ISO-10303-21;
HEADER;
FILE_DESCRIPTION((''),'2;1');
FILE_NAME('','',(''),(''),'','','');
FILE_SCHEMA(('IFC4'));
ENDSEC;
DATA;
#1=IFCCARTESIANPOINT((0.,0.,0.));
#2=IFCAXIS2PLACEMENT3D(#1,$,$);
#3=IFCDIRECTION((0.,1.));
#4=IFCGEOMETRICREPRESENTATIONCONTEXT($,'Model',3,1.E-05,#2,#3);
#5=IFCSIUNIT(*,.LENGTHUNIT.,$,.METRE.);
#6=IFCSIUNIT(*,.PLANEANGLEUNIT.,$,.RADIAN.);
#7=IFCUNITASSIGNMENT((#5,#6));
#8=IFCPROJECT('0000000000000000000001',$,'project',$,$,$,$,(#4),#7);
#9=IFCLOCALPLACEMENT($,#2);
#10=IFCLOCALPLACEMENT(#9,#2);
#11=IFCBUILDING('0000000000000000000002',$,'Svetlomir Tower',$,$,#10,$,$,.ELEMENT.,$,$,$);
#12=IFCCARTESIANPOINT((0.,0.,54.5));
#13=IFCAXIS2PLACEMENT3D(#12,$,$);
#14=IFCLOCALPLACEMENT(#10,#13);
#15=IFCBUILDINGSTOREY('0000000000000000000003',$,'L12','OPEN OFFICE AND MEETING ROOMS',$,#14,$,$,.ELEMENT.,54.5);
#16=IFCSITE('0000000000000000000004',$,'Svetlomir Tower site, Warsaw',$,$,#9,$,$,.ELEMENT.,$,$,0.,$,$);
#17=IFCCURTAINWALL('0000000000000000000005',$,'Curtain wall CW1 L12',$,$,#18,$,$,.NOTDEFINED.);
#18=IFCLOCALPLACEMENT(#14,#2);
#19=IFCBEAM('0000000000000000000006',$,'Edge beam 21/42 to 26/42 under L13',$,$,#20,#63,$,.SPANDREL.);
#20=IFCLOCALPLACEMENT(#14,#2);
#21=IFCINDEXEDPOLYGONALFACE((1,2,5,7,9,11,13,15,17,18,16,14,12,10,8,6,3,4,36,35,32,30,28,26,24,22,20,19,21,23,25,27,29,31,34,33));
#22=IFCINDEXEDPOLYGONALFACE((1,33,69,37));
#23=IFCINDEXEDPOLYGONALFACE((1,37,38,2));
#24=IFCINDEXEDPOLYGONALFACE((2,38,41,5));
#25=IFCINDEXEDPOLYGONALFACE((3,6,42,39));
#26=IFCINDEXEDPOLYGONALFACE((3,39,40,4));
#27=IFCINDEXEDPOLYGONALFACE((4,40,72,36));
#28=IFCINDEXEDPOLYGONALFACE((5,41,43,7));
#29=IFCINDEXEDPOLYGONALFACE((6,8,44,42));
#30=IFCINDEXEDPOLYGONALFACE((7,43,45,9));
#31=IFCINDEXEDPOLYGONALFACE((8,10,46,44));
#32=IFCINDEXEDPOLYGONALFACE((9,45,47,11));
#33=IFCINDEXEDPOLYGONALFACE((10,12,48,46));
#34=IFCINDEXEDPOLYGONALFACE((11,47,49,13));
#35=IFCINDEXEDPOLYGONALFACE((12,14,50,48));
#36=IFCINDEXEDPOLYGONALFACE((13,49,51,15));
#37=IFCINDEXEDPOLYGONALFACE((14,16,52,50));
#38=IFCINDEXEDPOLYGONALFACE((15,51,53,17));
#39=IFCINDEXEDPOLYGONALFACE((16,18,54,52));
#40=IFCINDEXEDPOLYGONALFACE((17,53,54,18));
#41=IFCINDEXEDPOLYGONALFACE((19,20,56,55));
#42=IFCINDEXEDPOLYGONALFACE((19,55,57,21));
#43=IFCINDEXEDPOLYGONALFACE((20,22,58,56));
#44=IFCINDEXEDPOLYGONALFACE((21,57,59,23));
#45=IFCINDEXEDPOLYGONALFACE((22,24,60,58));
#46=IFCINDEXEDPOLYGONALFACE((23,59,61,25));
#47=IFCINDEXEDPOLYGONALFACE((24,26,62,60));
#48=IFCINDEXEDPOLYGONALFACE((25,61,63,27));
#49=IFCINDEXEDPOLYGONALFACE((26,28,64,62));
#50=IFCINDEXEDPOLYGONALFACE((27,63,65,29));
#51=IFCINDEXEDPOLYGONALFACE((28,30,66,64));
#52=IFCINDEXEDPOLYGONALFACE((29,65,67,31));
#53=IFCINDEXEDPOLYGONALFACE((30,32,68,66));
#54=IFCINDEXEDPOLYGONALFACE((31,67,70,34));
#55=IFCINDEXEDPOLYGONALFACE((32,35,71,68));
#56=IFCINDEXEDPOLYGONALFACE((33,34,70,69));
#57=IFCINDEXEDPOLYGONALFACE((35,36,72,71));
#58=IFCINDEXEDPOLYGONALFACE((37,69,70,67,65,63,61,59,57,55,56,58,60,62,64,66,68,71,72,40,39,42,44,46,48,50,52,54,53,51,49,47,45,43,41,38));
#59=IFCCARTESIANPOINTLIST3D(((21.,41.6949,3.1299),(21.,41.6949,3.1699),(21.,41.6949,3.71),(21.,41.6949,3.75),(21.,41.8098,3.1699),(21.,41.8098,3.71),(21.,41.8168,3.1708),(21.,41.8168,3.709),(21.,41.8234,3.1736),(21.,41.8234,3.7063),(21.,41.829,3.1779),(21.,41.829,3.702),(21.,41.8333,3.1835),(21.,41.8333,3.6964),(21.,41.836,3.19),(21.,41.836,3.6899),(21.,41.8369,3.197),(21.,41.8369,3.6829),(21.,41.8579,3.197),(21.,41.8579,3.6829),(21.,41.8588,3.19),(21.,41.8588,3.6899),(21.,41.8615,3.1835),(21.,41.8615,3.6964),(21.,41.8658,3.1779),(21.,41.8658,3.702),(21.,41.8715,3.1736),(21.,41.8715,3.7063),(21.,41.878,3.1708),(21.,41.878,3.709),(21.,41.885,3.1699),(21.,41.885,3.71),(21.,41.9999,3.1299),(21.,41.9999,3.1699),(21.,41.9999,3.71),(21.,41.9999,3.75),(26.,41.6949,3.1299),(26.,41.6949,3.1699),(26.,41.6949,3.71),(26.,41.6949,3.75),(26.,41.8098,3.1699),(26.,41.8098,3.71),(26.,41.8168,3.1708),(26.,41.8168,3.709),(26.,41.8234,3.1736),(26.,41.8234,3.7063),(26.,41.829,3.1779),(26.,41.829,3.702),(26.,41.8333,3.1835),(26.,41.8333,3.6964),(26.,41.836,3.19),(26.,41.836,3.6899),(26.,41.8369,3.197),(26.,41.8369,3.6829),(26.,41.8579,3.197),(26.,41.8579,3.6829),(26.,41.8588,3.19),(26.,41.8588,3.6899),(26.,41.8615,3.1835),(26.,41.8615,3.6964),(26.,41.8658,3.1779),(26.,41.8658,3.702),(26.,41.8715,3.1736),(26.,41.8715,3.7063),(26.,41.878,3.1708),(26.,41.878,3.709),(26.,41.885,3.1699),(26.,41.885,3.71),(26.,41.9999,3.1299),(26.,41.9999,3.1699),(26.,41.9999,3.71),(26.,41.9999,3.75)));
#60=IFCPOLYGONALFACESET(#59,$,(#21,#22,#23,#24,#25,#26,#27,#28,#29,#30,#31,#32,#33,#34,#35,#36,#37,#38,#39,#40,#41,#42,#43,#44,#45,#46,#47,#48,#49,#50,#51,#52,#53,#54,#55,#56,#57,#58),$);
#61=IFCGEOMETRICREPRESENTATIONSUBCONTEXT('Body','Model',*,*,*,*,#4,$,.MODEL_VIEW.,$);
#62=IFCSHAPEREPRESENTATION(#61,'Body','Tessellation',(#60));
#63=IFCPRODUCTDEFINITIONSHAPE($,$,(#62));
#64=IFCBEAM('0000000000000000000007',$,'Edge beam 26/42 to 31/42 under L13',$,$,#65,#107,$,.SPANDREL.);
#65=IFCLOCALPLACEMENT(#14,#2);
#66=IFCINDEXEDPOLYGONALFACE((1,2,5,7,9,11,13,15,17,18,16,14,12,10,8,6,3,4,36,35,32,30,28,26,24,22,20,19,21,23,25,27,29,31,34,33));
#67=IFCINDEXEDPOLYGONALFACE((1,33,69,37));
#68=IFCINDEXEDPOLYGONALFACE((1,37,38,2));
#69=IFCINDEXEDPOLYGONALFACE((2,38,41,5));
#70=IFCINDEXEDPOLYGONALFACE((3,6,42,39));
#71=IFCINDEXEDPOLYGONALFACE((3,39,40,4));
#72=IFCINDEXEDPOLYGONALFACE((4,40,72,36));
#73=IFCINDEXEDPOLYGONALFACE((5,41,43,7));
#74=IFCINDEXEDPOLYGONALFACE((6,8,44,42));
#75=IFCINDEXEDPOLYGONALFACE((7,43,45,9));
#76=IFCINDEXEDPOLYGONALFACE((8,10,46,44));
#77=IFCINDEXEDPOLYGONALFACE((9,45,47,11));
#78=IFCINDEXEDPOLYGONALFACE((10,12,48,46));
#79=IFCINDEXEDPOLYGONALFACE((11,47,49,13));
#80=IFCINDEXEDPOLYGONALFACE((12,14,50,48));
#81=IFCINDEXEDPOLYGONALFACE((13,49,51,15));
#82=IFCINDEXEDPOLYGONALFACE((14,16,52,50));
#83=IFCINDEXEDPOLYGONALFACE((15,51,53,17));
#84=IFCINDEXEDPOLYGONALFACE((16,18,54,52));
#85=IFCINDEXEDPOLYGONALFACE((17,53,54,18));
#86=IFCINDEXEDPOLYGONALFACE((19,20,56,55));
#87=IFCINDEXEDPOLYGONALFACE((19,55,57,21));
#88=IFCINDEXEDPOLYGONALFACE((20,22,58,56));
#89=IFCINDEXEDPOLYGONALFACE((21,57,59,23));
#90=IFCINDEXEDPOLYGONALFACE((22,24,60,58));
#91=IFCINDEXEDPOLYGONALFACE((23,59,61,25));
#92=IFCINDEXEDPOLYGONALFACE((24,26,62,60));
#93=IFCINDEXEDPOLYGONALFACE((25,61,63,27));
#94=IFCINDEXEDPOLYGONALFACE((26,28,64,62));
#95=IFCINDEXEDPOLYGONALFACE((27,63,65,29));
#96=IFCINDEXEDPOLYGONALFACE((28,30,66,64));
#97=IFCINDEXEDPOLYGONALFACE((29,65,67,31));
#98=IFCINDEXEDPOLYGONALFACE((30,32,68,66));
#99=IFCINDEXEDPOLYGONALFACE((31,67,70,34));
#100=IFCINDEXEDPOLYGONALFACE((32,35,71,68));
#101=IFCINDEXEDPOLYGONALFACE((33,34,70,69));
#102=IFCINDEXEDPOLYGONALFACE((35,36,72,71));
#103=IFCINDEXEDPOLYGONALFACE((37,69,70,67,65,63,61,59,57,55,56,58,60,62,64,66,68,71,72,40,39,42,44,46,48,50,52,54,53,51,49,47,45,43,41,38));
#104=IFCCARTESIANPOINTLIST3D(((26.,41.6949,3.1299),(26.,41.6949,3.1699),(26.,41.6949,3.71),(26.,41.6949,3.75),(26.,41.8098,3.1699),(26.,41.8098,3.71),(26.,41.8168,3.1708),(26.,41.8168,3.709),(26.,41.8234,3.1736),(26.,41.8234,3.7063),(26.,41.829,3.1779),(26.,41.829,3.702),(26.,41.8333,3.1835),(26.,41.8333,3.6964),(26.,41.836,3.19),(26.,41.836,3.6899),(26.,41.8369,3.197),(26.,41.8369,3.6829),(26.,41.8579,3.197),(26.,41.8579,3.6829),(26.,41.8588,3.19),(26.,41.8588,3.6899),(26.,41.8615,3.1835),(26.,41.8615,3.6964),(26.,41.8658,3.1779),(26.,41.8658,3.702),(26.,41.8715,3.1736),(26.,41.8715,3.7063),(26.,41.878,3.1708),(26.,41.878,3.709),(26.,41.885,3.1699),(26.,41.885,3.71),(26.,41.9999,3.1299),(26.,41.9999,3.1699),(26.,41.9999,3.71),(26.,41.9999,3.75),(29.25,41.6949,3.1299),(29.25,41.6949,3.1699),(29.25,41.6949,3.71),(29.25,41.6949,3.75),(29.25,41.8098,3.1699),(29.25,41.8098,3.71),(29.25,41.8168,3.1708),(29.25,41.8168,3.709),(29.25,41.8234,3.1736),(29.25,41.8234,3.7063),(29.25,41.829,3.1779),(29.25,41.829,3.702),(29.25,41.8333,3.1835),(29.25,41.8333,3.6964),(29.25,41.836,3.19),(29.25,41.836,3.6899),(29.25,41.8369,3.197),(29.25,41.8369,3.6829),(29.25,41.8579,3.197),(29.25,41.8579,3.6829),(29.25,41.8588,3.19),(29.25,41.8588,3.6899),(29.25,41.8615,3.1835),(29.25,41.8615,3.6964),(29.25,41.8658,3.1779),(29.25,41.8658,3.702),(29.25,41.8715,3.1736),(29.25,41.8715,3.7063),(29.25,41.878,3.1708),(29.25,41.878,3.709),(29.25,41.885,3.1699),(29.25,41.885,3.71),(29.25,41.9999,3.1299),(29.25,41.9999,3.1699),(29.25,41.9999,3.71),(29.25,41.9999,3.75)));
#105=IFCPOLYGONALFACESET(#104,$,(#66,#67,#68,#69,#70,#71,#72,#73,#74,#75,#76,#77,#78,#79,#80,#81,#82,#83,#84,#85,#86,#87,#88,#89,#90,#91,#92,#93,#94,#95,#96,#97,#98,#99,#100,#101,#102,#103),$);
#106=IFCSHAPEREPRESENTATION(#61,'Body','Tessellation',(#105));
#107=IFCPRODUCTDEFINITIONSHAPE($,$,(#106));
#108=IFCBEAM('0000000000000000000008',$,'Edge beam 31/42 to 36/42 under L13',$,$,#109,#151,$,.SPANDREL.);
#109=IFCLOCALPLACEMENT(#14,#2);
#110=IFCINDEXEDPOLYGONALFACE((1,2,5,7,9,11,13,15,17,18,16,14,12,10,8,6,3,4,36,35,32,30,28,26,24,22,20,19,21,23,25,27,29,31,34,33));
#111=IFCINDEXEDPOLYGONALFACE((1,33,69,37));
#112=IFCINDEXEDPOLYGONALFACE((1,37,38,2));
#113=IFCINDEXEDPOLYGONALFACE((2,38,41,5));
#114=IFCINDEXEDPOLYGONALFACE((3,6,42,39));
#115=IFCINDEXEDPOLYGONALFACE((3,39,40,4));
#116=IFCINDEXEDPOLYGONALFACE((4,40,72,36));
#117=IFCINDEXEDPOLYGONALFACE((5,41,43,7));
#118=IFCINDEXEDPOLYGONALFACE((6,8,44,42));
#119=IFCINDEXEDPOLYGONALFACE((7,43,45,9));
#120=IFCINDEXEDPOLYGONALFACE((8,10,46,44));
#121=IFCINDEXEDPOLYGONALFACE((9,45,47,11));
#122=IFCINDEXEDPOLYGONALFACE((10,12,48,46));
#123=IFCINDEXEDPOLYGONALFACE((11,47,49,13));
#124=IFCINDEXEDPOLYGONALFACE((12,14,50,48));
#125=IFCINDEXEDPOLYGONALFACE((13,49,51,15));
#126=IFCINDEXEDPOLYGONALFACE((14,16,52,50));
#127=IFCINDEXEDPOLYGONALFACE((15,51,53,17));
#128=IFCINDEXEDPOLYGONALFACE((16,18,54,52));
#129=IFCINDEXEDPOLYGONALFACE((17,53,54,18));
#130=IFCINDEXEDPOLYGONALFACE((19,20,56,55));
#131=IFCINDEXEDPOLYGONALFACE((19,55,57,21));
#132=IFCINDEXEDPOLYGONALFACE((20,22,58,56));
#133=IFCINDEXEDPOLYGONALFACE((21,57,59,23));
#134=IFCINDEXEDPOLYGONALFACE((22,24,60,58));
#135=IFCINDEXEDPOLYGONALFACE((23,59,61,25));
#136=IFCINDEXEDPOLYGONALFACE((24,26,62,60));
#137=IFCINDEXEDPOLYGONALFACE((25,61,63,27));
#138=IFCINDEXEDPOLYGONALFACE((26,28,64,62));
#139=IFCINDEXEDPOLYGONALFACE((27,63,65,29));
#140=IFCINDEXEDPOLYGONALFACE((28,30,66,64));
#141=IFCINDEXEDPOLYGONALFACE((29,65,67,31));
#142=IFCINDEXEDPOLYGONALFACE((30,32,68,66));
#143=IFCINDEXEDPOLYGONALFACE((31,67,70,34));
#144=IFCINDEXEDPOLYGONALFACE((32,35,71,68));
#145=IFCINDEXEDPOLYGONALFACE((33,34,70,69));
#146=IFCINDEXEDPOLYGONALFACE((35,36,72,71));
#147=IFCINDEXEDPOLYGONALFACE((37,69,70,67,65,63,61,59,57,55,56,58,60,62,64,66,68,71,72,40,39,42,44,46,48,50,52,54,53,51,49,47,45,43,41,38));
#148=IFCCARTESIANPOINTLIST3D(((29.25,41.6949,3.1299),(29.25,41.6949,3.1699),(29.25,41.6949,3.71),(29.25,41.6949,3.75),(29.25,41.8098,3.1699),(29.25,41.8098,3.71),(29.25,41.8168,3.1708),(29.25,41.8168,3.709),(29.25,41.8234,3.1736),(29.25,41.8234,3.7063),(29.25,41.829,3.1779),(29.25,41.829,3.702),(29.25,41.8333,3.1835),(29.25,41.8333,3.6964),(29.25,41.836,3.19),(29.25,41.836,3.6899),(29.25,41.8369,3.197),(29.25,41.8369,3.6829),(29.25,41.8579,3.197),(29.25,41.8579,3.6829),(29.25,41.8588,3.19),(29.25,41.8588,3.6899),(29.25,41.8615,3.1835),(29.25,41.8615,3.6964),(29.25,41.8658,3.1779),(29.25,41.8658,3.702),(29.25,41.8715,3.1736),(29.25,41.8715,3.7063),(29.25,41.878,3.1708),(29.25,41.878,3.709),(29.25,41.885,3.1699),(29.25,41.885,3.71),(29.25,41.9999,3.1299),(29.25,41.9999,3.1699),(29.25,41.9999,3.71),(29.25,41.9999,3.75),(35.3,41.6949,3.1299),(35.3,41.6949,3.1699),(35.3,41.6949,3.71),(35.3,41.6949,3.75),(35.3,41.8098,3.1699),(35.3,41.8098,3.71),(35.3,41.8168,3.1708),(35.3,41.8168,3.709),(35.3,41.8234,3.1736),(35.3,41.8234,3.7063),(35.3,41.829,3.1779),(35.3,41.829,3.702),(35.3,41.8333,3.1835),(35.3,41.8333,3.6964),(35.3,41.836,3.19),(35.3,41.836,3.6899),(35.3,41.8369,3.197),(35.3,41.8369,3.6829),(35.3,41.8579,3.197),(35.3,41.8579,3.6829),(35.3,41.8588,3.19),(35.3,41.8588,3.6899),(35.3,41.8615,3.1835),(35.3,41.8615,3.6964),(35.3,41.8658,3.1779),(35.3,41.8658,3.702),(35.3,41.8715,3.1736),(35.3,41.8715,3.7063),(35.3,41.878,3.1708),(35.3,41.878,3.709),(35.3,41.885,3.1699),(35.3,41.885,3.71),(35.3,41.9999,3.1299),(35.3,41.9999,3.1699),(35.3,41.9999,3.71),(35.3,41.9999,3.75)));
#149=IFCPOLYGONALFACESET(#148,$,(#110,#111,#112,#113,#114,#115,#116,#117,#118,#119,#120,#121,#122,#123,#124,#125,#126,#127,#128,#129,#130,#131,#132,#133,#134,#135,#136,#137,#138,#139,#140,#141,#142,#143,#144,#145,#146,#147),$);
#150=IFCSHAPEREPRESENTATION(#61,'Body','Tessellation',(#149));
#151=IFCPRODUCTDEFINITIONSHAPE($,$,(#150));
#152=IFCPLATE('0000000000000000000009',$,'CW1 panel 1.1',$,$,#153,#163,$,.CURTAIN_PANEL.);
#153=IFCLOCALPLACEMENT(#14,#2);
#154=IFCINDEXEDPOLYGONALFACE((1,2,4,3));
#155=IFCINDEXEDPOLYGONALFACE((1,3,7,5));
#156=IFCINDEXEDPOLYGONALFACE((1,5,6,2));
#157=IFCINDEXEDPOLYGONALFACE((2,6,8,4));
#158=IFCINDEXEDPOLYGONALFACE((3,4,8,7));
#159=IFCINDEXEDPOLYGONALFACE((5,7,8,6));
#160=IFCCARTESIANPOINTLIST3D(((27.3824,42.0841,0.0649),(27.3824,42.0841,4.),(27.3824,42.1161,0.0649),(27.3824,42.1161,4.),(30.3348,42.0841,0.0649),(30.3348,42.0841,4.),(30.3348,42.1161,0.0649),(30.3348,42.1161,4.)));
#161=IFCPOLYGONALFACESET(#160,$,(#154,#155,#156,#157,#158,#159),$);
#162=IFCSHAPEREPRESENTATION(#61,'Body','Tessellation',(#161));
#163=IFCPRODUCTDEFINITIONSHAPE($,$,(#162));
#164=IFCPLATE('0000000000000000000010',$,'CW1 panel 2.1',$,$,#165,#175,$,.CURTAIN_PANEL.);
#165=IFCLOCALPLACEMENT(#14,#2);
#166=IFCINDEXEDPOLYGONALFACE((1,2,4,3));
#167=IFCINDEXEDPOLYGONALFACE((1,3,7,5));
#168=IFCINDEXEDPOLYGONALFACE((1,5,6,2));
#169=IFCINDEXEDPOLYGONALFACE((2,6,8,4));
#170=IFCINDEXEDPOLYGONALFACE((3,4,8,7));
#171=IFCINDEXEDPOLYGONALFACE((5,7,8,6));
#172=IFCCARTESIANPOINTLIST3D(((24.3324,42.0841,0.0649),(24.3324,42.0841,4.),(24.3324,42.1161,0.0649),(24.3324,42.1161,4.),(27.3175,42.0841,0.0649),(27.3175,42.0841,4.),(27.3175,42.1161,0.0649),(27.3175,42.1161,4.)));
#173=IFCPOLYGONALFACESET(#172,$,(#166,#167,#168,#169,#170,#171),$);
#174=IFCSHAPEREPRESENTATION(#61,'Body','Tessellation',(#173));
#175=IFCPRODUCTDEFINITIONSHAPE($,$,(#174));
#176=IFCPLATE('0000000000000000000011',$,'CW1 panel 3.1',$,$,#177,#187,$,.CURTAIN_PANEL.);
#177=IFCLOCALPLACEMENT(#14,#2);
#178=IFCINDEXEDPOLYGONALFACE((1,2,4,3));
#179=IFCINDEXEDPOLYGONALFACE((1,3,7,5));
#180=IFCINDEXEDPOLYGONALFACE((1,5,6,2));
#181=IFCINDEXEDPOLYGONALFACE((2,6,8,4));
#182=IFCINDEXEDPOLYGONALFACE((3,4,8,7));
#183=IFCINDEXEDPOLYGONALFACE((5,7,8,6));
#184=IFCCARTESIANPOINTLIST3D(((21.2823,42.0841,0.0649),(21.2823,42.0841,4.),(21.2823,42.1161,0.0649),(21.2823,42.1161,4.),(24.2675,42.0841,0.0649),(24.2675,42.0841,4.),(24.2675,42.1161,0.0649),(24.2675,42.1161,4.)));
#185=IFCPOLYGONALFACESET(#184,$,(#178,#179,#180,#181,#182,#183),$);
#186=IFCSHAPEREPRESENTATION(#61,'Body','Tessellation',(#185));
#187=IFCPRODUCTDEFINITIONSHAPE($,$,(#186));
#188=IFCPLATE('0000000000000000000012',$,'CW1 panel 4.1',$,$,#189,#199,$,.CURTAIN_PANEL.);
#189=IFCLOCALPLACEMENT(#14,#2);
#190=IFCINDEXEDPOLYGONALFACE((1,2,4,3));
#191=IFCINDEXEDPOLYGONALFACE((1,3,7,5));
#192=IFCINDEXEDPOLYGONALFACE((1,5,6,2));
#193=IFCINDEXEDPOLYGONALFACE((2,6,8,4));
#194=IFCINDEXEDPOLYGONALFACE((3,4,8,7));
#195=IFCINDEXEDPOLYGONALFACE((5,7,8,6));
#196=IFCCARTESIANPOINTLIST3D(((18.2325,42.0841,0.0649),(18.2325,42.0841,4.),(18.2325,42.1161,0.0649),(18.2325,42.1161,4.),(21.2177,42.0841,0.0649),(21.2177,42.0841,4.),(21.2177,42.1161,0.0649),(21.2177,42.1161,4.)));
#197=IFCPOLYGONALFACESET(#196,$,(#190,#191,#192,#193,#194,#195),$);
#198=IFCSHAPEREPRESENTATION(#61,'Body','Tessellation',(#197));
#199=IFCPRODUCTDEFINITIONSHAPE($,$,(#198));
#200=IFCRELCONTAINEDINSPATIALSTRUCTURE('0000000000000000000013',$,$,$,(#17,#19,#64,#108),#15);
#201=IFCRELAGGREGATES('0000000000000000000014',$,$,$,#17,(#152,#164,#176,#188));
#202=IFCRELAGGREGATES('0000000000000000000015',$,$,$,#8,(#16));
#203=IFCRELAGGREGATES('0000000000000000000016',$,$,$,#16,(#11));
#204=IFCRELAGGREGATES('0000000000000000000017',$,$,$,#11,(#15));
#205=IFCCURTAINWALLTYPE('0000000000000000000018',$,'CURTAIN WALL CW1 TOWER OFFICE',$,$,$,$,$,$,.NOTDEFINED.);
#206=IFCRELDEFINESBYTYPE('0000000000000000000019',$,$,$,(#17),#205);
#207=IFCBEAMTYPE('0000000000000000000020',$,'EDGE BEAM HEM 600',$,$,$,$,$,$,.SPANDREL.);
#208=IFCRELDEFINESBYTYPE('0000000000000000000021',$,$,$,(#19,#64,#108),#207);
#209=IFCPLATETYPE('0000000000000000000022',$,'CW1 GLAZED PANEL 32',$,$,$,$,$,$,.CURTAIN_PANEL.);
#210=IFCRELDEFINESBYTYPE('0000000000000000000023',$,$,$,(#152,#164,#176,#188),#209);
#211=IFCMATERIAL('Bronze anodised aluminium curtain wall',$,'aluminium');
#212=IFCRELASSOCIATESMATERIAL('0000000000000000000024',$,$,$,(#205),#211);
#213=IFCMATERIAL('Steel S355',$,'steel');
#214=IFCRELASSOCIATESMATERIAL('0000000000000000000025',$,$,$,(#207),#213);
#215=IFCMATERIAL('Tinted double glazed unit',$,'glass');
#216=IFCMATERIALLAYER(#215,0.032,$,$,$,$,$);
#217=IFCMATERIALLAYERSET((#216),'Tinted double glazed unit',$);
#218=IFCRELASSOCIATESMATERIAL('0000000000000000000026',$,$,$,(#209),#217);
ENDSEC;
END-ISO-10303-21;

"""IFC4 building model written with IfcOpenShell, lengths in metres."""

from ifc_helpers import new_model, si_unit, direction, frame, origin, origin_2d, place, context, subcontext, project, spatial, rectangle, i_section, extrude, material, layer, layer_set, material_profile, profile_set, type_object, element, aggregate, save


model = new_model("IFC4")

# Units and contexts
model_context = context("Model", 3, precision=1e-05, world=origin(), true_north=direction((0.0, 1.0)))
body_context = subcontext(model_context, "Body", "Model", "MODEL_VIEW")
ifc_project = project(units=[si_unit("LENGTHUNIT", "METRE"), si_unit("PLANEANGLEUNIT", "RADIAN")], contexts=[model_context])

# Site, building, storey
site_placement = place(None, origin())
site = spatial("IfcSite", under=ifc_project, at=site_placement, Name="Svetlomir Tower site, Warsaw", CompositionType="ELEMENT", RefElevation=0.0)
building_placement = place(site_placement, origin())
building = spatial("IfcBuilding", under=site, at=building_placement, Name="Svetlomir Tower", CompositionType="ELEMENT")
storey_placement = place(building_placement, frame((0.0, 0.0, 54.5)))
storey = spatial("IfcBuildingStorey", under=building, at=storey_placement, Name="L12", Description="OPEN OFFICE AND MEETING ROOMS", CompositionType="ELEMENT", Elevation=54.5)

# Curtain wall
ifc_material_1 = material(Name="Bronze anodised aluminium curtain wall", Category="aluminium")
curtain_wall_type = type_object("IfcCurtainWallType", Name="CURTAIN WALL CW1 TOWER OFFICE", PredefinedType="NOTDEFINED", material=ifc_material_1)
curtain_wall_placement = place(storey_placement, origin())
curtain_wall = element("IfcCurtainWall", 1, at=curtain_wall_placement, inside=storey, type_object=curtain_wall_type, Name="Curtain wall CW1 L12", PredefinedType="NOTDEFINED")

# Beams
ifc_material_2 = material(Name="Steel S355", Category="steel")
ifc_material_profile_1 = material_profile(ifc_material_2, i_section(OverallWidth=0.3049, OverallDepth=0.6201, WebThickness=0.021, FlangeThickness=0.04, FilletRadius=0.0271, at=origin_2d()), Name="HEM 600")
ifc_profile_set_1 = profile_set([ifc_material_profile_1], Name="Steel S355")
beam_type_1 = type_object("IfcBeamType", Name="EDGE BEAM HEM 600", PredefinedType="SPANDREL", material=ifc_profile_set_1)
for number, where, z_axis, x_axis, name in (
    (2, (21.0, 41.8474, 3.4399), (1.0, 0.0, 0.0), (0.0, 1.0, 0.0), "Edge beam 21/42 to 26/42 under L13"),
):
    element("IfcBeam", number, at=place(storey_placement, frame(where, z_axis=z_axis, x_axis=x_axis)), inside=storey, type_object=beam_type_1, Name=name, PredefinedType="SPANDREL", context=body_context, shape_type="SweptSolid", body=[
        extrude(i_section(OverallWidth=0.3049, OverallDepth=0.6201, WebThickness=0.021, FlangeThickness=0.04, FilletRadius=0.0271, at=origin_2d()), origin(), (0.0, 0.0, 1.0), 5.0),
    ])
beam_1_placement = place(storey_placement, frame((26.0, 41.8474, 3.4399), z_axis=(1.0, 0.0, 0.0), x_axis=(0.0, 1.0, 0.0)))
element("IfcBeam", 3, at=beam_1_placement, inside=storey, type_object=beam_type_1, Name="Edge beam 26/42 to 31/42 under L13", PredefinedType="SPANDREL", context=body_context, shape_type="SweptSolid", body=[
    extrude(i_section(OverallWidth=0.3049, OverallDepth=0.6201, WebThickness=0.021, FlangeThickness=0.04, FilletRadius=0.0271, at=origin_2d()), origin(), (0.0, 0.0, 1.0), 3.25),
])
beam_2_placement = place(storey_placement, frame((29.25, 41.8474, 3.4399), z_axis=(1.0, 0.0, 0.0), x_axis=(0.0, 1.0, 0.0)))
element("IfcBeam", 4, at=beam_2_placement, inside=storey, type_object=beam_type_1, Name="Edge beam 31/42 to 36/42 under L13", PredefinedType="SPANDREL", context=body_context, shape_type="SweptSolid", body=[
    extrude(i_section(OverallWidth=0.3049, OverallDepth=0.6201, WebThickness=0.021, FlangeThickness=0.04, FilletRadius=0.0271, at=origin_2d()), origin(), (0.0, 0.0, 1.0), 6.05),
])

# Plates
ifc_material_3 = material(Name="Tinted double glazed unit", Category="glass")
ifc_layer = layer(ifc_material_3, 0.032)
ifc_layer_set = layer_set([ifc_layer], Name="Tinted double glazed unit")
plate_type = type_object("IfcPlateType", Name="CW1 GLAZED PANEL 32", PredefinedType="CURTAIN_PANEL", material=ifc_layer_set)
plate_1_placement = place(storey_placement, frame((28.8586, 42.1001, 0.0649), z_axis=(0.0, 0.0, 1.0), x_axis=(-1.0, 0.0, 0.0)))
plate_1 = element("IfcPlate", 5, at=plate_1_placement, type_object=plate_type, Name="CW1 panel 1.1", PredefinedType="CURTAIN_PANEL", context=body_context, shape_type="SweptSolid", body=[
    extrude(rectangle(XDim=2.9524, YDim=0.032, at=origin_2d()), origin(), (0.0, 0.0, 1.0), 3.9351),
])
plate_2_placement = place(storey_placement, frame((25.825, 42.1001, 0.0649), z_axis=(0.0, 0.0, 1.0), x_axis=(-1.0, 0.0, 0.0)))
plate_2 = element("IfcPlate", 6, at=plate_2_placement, type_object=plate_type, Name="CW1 panel 2.1", PredefinedType="CURTAIN_PANEL", context=body_context, shape_type="SweptSolid", body=[
    extrude(rectangle(XDim=2.9851, YDim=0.032, at=origin_2d()), origin(), (0.0, 0.0, 1.0), 3.9351),
])
plate_3_placement = place(storey_placement, frame((22.7749, 42.1001, 0.0649), z_axis=(0.0, 0.0, 1.0), x_axis=(-1.0, 0.0, 0.0)))
plate_3 = element("IfcPlate", 7, at=plate_3_placement, type_object=plate_type, Name="CW1 panel 3.1", PredefinedType="CURTAIN_PANEL", context=body_context, shape_type="SweptSolid", body=[
    extrude(rectangle(XDim=2.9851, YDim=0.032, at=origin_2d()), origin(), (0.0, 0.0, 1.0), 3.9351),
])
plate_4_placement = place(storey_placement, frame((19.7251, 42.1001, 0.0649), z_axis=(0.0, 0.0, 1.0), x_axis=(-1.0, 0.0, 0.0)))
plate_4 = element("IfcPlate", 8, at=plate_4_placement, type_object=plate_type, Name="CW1 panel 4.1", PredefinedType="CURTAIN_PANEL", context=body_context, shape_type="SweptSolid", body=[
    extrude(rectangle(XDim=2.9851, YDim=0.032, at=origin_2d()), origin(), (0.0, 0.0, 1.0), 3.9351),
])
aggregate(curtain_wall, [plate_1, plate_2, plate_3, plate_4])

save(model, "model.ifc")
